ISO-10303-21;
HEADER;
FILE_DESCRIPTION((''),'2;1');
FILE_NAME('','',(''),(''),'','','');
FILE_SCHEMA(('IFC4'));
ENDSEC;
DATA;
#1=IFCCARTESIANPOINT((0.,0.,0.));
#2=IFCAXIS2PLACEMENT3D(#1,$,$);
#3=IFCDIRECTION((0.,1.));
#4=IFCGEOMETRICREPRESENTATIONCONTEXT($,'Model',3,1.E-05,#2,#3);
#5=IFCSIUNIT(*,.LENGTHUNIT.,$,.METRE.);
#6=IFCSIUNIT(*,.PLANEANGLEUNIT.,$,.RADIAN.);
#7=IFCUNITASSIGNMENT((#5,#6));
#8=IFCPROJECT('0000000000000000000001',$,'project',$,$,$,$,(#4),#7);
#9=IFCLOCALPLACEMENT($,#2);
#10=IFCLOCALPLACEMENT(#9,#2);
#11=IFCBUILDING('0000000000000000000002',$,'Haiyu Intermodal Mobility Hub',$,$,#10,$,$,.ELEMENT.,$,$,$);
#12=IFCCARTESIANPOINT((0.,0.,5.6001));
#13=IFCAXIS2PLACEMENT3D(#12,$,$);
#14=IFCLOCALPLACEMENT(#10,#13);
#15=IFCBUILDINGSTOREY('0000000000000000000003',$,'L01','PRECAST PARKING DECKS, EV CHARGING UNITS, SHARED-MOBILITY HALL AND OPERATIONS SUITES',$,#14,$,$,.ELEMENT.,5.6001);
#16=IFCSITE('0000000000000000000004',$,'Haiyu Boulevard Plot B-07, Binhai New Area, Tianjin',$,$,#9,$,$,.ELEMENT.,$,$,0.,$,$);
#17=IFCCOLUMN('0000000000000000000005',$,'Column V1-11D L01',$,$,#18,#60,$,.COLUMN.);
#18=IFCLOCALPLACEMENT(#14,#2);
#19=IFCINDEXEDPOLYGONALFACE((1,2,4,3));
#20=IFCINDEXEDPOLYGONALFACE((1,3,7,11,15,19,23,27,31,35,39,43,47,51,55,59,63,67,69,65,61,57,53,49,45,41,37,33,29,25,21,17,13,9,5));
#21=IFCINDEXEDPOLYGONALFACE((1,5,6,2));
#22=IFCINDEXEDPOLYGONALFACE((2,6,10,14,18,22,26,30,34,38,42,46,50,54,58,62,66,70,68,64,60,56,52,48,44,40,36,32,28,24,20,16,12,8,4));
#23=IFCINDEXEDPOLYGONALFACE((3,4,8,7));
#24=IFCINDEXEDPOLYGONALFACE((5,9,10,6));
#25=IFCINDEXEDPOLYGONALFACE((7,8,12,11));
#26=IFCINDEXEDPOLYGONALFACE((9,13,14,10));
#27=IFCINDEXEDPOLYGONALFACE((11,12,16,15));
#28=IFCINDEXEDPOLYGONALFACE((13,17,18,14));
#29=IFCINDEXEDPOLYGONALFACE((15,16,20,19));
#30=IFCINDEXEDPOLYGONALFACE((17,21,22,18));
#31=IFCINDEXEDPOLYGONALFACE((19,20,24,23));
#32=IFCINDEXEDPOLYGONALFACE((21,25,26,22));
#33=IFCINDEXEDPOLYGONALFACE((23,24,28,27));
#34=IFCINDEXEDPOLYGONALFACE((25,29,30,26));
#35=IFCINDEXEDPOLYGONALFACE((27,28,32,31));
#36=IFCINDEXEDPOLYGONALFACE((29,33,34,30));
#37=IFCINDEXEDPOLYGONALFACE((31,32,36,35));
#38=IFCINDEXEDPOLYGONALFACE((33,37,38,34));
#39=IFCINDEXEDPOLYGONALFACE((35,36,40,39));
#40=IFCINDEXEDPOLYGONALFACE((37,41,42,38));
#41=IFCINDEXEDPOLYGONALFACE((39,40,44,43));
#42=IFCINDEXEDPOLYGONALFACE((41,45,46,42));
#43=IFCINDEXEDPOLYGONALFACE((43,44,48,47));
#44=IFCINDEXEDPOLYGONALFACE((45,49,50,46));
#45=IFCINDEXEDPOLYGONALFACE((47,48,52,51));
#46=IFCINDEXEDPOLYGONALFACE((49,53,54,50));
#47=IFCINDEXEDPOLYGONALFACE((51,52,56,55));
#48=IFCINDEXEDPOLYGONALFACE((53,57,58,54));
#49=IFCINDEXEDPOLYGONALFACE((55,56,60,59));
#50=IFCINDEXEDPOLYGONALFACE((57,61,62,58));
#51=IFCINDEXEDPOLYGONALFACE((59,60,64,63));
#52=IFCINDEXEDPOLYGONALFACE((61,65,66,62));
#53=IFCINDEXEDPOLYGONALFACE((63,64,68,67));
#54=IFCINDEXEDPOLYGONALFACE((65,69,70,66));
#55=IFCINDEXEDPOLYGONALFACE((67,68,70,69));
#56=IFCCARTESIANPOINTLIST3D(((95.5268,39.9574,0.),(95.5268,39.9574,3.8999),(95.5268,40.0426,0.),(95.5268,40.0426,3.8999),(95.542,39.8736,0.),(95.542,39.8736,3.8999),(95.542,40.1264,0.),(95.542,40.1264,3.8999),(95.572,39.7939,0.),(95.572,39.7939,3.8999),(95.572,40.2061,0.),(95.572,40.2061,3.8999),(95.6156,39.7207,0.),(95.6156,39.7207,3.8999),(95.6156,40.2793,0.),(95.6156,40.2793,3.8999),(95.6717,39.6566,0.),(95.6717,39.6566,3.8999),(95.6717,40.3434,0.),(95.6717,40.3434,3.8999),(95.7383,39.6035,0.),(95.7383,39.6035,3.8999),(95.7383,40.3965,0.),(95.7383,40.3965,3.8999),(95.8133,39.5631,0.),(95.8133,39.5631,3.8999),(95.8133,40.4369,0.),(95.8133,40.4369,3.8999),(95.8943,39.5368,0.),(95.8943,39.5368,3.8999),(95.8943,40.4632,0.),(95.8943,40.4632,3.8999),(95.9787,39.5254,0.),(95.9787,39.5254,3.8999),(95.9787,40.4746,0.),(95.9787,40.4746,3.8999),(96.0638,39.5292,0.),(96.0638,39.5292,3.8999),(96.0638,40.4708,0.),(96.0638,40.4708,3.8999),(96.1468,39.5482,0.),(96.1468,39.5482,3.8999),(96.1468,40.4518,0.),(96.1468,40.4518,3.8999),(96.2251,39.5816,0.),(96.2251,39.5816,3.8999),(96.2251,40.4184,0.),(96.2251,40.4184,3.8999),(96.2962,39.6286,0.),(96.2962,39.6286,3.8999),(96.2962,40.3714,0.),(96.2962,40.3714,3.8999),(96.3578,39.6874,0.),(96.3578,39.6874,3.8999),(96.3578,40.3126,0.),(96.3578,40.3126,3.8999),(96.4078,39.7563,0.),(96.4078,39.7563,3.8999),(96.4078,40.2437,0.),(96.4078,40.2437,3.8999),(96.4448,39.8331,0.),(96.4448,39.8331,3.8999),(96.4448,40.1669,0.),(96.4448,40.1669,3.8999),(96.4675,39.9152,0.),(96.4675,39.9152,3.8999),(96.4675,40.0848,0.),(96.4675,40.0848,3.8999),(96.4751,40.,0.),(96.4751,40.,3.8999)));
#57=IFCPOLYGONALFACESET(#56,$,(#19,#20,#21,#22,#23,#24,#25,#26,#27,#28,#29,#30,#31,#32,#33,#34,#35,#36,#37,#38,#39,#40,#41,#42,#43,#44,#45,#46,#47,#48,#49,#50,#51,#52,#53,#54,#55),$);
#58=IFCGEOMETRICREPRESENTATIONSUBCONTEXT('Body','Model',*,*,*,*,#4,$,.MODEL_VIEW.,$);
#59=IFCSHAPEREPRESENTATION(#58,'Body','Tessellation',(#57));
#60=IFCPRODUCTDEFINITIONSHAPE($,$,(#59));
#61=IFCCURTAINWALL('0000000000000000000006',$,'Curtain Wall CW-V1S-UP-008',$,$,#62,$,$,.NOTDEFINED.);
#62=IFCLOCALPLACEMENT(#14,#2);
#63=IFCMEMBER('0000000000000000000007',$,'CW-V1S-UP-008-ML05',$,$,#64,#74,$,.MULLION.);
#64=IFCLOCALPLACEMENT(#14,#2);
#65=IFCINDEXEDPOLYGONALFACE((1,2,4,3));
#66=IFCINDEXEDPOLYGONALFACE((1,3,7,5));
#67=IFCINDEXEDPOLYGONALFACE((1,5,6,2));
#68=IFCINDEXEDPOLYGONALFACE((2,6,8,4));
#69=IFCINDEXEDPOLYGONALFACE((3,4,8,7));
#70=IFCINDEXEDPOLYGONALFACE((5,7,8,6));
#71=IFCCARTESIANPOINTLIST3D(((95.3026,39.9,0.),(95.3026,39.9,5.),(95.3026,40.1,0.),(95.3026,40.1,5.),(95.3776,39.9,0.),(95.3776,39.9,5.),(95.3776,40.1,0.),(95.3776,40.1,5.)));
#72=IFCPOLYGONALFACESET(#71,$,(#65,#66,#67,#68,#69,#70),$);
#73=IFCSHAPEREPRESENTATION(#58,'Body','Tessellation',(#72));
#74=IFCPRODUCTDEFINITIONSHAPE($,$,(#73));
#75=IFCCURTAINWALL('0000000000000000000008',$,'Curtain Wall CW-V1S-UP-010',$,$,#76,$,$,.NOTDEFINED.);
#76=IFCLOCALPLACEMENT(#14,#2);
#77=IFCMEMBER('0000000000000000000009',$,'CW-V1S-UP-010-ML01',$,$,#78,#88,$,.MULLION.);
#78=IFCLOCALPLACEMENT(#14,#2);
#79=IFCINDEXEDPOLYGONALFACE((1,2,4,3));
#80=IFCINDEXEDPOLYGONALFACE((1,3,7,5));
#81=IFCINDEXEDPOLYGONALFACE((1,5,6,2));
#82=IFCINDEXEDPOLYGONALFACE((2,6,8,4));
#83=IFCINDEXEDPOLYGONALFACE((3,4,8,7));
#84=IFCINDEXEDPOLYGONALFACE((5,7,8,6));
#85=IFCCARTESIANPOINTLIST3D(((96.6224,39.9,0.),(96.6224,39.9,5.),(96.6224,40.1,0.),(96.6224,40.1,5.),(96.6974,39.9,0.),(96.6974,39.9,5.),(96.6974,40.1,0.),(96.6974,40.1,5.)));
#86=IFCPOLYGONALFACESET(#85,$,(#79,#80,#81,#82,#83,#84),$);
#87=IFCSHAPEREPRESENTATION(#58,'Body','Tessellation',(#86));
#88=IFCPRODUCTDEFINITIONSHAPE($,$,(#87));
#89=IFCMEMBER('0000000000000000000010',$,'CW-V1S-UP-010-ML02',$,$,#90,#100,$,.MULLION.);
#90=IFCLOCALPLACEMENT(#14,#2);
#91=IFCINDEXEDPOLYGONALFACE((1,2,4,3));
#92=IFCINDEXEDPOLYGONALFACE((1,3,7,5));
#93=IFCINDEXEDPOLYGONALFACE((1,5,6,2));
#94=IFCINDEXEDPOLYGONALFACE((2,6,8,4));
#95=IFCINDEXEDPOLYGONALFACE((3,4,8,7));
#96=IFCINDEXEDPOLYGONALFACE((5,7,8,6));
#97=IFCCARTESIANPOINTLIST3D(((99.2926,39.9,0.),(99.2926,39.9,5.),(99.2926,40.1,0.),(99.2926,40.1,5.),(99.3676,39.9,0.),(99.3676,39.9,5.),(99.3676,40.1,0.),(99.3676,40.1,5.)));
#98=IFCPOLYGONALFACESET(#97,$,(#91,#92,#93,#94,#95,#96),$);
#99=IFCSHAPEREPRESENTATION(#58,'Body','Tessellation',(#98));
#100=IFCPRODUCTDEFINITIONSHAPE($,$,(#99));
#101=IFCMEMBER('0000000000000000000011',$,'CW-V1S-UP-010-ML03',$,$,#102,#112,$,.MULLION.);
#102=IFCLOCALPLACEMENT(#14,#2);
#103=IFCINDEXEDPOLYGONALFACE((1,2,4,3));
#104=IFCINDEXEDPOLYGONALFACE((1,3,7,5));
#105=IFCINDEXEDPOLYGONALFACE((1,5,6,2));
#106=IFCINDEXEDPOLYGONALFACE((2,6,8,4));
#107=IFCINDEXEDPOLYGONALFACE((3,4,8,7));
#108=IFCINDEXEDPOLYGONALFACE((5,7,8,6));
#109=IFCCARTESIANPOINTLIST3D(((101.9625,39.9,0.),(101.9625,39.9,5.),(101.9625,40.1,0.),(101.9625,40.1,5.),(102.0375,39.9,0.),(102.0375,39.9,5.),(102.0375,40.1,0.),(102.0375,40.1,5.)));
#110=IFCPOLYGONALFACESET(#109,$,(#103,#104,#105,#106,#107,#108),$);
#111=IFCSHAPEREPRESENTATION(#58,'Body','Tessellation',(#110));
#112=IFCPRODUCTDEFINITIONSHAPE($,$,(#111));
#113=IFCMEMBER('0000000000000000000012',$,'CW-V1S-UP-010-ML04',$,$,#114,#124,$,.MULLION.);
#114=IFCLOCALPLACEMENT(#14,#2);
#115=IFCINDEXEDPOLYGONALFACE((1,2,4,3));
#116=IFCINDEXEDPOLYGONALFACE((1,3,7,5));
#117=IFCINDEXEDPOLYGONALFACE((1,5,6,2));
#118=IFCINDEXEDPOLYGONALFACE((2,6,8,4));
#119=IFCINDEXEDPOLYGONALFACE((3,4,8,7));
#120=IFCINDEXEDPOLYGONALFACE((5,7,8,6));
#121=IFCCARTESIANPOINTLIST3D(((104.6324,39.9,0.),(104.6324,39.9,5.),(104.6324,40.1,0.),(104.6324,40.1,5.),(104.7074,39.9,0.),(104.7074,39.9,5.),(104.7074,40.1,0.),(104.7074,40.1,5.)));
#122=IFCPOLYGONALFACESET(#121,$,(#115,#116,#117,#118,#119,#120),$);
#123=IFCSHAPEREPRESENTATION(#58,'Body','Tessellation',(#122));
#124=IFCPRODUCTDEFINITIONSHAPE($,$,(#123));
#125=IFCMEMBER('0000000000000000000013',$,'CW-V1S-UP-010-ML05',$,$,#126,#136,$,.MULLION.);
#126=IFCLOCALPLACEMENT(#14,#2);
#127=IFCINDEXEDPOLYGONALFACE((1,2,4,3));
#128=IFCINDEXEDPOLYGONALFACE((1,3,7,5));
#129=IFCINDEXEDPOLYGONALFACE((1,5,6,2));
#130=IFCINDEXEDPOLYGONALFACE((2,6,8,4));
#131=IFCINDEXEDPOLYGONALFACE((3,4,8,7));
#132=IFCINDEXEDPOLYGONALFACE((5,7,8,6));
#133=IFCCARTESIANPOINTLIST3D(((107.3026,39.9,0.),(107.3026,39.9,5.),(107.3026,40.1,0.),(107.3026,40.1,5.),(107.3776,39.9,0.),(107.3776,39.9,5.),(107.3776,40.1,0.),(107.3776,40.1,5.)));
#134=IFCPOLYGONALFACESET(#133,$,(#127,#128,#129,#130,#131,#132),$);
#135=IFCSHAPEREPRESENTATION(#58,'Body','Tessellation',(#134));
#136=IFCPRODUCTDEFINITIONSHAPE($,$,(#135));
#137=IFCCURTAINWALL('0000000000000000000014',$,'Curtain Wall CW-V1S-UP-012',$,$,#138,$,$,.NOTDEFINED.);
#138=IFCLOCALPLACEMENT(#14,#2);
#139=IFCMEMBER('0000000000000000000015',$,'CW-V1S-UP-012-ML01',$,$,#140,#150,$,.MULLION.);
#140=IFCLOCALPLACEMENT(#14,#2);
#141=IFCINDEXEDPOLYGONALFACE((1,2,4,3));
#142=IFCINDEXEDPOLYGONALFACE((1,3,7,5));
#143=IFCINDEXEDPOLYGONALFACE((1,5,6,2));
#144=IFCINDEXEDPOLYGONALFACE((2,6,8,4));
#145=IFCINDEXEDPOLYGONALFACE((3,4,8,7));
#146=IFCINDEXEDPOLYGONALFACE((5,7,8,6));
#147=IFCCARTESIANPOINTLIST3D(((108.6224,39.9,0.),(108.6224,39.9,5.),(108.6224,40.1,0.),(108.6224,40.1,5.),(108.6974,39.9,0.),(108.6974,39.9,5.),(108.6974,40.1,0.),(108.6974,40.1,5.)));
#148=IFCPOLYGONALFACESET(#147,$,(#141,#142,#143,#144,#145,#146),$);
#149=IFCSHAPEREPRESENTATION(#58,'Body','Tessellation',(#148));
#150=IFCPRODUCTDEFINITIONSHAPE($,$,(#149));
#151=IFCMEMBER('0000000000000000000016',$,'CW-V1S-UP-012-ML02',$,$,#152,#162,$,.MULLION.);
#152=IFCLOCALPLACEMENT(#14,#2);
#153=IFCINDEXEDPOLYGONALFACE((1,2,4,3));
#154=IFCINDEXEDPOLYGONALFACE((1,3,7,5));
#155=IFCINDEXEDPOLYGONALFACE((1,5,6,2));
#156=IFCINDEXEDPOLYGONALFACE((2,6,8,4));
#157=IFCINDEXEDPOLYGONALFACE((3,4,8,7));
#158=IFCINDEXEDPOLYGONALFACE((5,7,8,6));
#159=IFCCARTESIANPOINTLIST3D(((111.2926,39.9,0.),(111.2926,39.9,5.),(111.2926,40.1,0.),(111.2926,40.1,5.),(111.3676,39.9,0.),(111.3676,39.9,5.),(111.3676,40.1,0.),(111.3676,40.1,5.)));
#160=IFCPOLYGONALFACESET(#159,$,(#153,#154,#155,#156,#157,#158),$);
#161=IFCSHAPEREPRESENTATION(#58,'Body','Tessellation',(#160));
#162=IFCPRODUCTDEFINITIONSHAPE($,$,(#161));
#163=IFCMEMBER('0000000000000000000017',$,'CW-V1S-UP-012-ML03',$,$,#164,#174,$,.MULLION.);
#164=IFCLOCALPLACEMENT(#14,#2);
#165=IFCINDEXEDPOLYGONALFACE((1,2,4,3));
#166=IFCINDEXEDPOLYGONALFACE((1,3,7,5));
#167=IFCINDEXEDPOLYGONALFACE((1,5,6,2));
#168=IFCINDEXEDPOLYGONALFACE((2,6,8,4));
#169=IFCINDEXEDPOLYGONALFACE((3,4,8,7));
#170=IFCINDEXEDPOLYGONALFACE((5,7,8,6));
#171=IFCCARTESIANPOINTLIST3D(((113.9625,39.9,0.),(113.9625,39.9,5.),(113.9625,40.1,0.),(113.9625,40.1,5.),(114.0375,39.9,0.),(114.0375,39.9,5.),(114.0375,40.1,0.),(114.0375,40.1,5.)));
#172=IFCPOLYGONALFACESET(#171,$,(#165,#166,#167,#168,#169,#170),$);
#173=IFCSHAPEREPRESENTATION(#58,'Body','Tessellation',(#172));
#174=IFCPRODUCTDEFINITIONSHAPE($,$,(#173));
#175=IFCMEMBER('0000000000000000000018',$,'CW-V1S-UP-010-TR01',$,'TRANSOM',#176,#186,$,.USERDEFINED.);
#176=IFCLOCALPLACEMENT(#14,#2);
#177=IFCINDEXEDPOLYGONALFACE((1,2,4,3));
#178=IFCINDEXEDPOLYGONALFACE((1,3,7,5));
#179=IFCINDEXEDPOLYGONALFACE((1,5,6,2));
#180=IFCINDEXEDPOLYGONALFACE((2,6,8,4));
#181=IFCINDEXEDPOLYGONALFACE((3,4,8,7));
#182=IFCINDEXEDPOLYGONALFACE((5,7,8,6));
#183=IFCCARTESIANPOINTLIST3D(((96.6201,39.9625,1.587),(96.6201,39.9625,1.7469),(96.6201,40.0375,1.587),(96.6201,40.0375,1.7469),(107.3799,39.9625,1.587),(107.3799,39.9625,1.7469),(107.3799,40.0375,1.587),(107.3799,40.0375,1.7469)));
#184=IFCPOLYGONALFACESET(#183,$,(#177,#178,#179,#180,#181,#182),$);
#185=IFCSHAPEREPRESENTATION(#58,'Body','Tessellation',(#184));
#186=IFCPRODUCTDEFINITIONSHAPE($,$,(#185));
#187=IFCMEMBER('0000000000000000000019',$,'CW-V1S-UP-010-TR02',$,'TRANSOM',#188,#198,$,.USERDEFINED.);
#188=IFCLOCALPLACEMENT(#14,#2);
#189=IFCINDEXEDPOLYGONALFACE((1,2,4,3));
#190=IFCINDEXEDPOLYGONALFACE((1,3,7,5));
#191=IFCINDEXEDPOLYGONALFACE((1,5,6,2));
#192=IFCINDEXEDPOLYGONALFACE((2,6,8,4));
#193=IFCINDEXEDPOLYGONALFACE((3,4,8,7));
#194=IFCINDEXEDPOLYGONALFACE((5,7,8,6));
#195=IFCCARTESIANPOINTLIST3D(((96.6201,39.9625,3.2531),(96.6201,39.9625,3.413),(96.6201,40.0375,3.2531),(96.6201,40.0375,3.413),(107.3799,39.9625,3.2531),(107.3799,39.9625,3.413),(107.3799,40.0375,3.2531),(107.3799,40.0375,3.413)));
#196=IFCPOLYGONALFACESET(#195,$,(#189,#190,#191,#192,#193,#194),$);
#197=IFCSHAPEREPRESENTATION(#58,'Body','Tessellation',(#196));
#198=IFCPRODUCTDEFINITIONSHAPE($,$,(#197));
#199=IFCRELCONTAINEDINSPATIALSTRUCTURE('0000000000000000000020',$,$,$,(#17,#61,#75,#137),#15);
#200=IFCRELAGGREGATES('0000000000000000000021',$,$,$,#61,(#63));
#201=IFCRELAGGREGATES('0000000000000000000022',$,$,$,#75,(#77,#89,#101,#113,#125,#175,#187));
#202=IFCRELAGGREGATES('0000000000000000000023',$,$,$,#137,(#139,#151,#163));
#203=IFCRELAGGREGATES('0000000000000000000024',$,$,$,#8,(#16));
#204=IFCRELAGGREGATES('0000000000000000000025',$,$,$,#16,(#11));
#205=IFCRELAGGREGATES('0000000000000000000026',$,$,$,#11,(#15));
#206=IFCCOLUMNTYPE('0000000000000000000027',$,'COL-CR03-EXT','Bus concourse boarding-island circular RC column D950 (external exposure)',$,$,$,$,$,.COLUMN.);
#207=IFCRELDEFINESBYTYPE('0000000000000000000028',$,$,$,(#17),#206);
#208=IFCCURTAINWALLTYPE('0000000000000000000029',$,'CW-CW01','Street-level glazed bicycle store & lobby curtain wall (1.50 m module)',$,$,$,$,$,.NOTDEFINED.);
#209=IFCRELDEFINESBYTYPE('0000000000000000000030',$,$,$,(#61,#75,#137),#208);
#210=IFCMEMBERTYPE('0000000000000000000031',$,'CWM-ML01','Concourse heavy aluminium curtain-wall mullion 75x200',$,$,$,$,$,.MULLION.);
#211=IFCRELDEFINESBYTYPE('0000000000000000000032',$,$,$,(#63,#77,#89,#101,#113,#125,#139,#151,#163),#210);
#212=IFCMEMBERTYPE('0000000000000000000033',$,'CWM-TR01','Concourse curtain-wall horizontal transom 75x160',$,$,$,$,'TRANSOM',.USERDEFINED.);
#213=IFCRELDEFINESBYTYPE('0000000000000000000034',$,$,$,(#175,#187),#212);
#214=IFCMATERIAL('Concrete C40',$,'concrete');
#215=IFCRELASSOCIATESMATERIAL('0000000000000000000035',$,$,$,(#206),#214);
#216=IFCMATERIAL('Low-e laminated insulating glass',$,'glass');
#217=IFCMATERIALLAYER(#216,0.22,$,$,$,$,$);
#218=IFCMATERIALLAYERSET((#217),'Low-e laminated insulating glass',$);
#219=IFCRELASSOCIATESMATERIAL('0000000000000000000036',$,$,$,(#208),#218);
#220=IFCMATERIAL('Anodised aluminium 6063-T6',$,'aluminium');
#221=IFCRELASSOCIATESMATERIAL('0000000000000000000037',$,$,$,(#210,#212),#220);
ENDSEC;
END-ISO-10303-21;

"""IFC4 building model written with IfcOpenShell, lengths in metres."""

from ifc_helpers import new_model, si_unit, direction, frame, origin, origin_2d, place, context, subcontext, project, spatial, rectangle, circle, extrude, material, layer, layer_set, material_profile, profile_set, type_object, element, aggregate, save


model = new_model("IFC4")

# Units and contexts
model_context = context("Model", 3, precision=1e-05, world=origin(), true_north=direction((0.0, 1.0)))
body_context = subcontext(model_context, "Body", "Model", "MODEL_VIEW")
ifc_project = project(units=[si_unit("LENGTHUNIT", "METRE"), si_unit("PLANEANGLEUNIT", "RADIAN")], contexts=[model_context])

# Site, building, storey
site_placement = place(None, origin())
site = spatial("IfcSite", under=ifc_project, at=site_placement, Name="Haiyu Boulevard Plot B-07, Binhai New Area, Tianjin", CompositionType="ELEMENT", RefElevation=0.0)
building_placement = place(site_placement, origin())
building = spatial("IfcBuilding", under=site, at=building_placement, Name="Haiyu Intermodal Mobility Hub", CompositionType="ELEMENT")
storey_placement = place(building_placement, frame((0.0, 0.0, 5.6001)))
storey = spatial("IfcBuildingStorey", under=building, at=storey_placement, Name="L01", Description="PRECAST PARKING DECKS, EV CHARGING UNITS, SHARED-MOBILITY HALL AND OPERATIONS SUITES", CompositionType="ELEMENT", Elevation=5.6001)

# Column
ifc_material_1 = material(Name="Concrete C40", Category="concrete")
ifc_material_profile_1 = material_profile(ifc_material_1, circle(Radius=0.4751, at=origin_2d()), Name="RCCOL-D950")
ifc_profile_set_1 = profile_set([ifc_material_profile_1], Name="Concrete C40")
column_type = type_object("IfcColumnType", Name="COL-CR03-EXT", Description="Bus concourse boarding-island circular RC column D950 (external exposure)", PredefinedType="COLUMN", material=ifc_profile_set_1)
column_placement = place(storey_placement, frame((96.0, 40.0, 0.0), z_axis=(0.0, 0.0, 1.0), x_axis=(1.0, 0.0, 0.0)))
element("IfcColumn", 1, at=column_placement, inside=storey, type_object=column_type, Name="Column V1-11D L01", PredefinedType="COLUMN", context=body_context, shape_type="SweptSolid", body=[
    extrude(circle(Radius=0.4751, at=origin_2d()), origin(), (0.0, 0.0, 1.0), 3.8999),
])

# Curtain wall, member
ifc_material_2 = material(Name="Low-e laminated insulating glass", Category="glass")
ifc_layer_1 = layer(ifc_material_2, 0.22)
ifc_layer_set_1 = layer_set([ifc_layer_1], Name="Low-e laminated insulating glass")
curtain_wall_type = type_object("IfcCurtainWallType", Name="CW-CW01", Description="Street-level glazed bicycle store & lobby curtain wall (1.50 m module)", PredefinedType="NOTDEFINED", material=ifc_layer_set_1)
curtain_wall_1_placement = place(storey_placement, origin())
curtain_wall_1 = element("IfcCurtainWall", 2, at=curtain_wall_1_placement, inside=storey, type_object=curtain_wall_type, Name="Curtain Wall CW-V1S-UP-008", PredefinedType="NOTDEFINED")
ifc_material_3 = material(Name="Anodised aluminium 6063-T6", Category="aluminium")
ifc_material_profile_2 = material_profile(ifc_material_3, rectangle(XDim=0.075, YDim=0.2, at=origin_2d()), Name="ALU75x200")
ifc_profile_set_2 = profile_set([ifc_material_profile_2], Name="Anodised aluminium 6063-T6")
member_type_1 = type_object("IfcMemberType", Name="CWM-ML01", Description="Concourse heavy aluminium curtain-wall mullion 75x200", PredefinedType="MULLION", material=ifc_profile_set_2)
member_1_placement = place(storey_placement, frame((95.3401, 40.0, 0.0), z_axis=(0.0, 0.0, 1.0), x_axis=(1.0, 0.0, 0.0)))
member_1 = element("IfcMember", 3, at=member_1_placement, type_object=member_type_1, Name="CW-V1S-UP-008-ML05", PredefinedType="MULLION", context=body_context, shape_type="SweptSolid", body=[
    extrude(rectangle(XDim=0.075, YDim=0.2, at=origin_2d()), origin(), (0.0, 0.0, 1.0), 5.0),
])

# Curtain walls, members
curtain_wall_2_placement = place(storey_placement, origin())
curtain_wall_2 = element("IfcCurtainWall", 4, at=curtain_wall_2_placement, inside=storey, type_object=curtain_wall_type, Name="Curtain Wall CW-V1S-UP-010", PredefinedType="NOTDEFINED")
member_2_placement = place(storey_placement, frame((96.6599, 40.0, 0.0), z_axis=(0.0, 0.0, 1.0), x_axis=(1.0, 0.0, 0.0)))
member_2 = element("IfcMember", 5, at=member_2_placement, type_object=member_type_1, Name="CW-V1S-UP-010-ML01", PredefinedType="MULLION", context=body_context, shape_type="SweptSolid", body=[
    extrude(rectangle(XDim=0.075, YDim=0.2, at=origin_2d()), origin(), (0.0, 0.0, 1.0), 5.0),
])
member_3_placement = place(storey_placement, frame((99.3301, 40.0, 0.0), z_axis=(0.0, 0.0, 1.0), x_axis=(1.0, 0.0, 0.0)))
member_3 = element("IfcMember", 6, at=member_3_placement, type_object=member_type_1, Name="CW-V1S-UP-010-ML02", PredefinedType="MULLION", context=body_context, shape_type="SweptSolid", body=[
    extrude(rectangle(XDim=0.075, YDim=0.2, at=origin_2d()), origin(), (0.0, 0.0, 1.0), 5.0),
])
member_4_placement = place(storey_placement, frame((102.0, 40.0, 0.0), z_axis=(0.0, 0.0, 1.0), x_axis=(1.0, 0.0, 0.0)))
member_4 = element("IfcMember", 7, at=member_4_placement, type_object=member_type_1, Name="CW-V1S-UP-010-ML03", PredefinedType="MULLION", context=body_context, shape_type="SweptSolid", body=[
    extrude(rectangle(XDim=0.075, YDim=0.2, at=origin_2d()), origin(), (0.0, 0.0, 1.0), 5.0),
])
member_5_placement = place(storey_placement, frame((104.6699, 40.0, 0.0), z_axis=(0.0, 0.0, 1.0), x_axis=(1.0, 0.0, 0.0)))
member_5 = element("IfcMember", 8, at=member_5_placement, type_object=member_type_1, Name="CW-V1S-UP-010-ML04", PredefinedType="MULLION", context=body_context, shape_type="SweptSolid", body=[
    extrude(rectangle(XDim=0.075, YDim=0.2, at=origin_2d()), origin(), (0.0, 0.0, 1.0), 5.0),
])
member_6_placement = place(storey_placement, frame((107.3401, 40.0, 0.0), z_axis=(0.0, 0.0, 1.0), x_axis=(1.0, 0.0, 0.0)))
member_6 = element("IfcMember", 9, at=member_6_placement, type_object=member_type_1, Name="CW-V1S-UP-010-ML05", PredefinedType="MULLION", context=body_context, shape_type="SweptSolid", body=[
    extrude(rectangle(XDim=0.075, YDim=0.2, at=origin_2d()), origin(), (0.0, 0.0, 1.0), 5.0),
])
curtain_wall_3_placement = place(storey_placement, origin())
curtain_wall_3 = element("IfcCurtainWall", 10, at=curtain_wall_3_placement, inside=storey, type_object=curtain_wall_type, Name="Curtain Wall CW-V1S-UP-012", PredefinedType="NOTDEFINED")
member_7_placement = place(storey_placement, frame((108.6599, 40.0, 0.0), z_axis=(0.0, 0.0, 1.0), x_axis=(1.0, 0.0, 0.0)))
member_7 = element("IfcMember", 11, at=member_7_placement, type_object=member_type_1, Name="CW-V1S-UP-012-ML01", PredefinedType="MULLION", context=body_context, shape_type="SweptSolid", body=[
    extrude(rectangle(XDim=0.075, YDim=0.2, at=origin_2d()), origin(), (0.0, 0.0, 1.0), 5.0),
])
member_8_placement = place(storey_placement, frame((111.3301, 40.0, 0.0), z_axis=(0.0, 0.0, 1.0), x_axis=(1.0, 0.0, 0.0)))
member_8 = element("IfcMember", 12, at=member_8_placement, type_object=member_type_1, Name="CW-V1S-UP-012-ML02", PredefinedType="MULLION", context=body_context, shape_type="SweptSolid", body=[
    extrude(rectangle(XDim=0.075, YDim=0.2, at=origin_2d()), origin(), (0.0, 0.0, 1.0), 5.0),
])
member_9_placement = place(storey_placement, frame((114.0, 40.0, 0.0), z_axis=(0.0, 0.0, 1.0), x_axis=(1.0, 0.0, 0.0)))
member_9 = element("IfcMember", 13, at=member_9_placement, type_object=member_type_1, Name="CW-V1S-UP-012-ML03", PredefinedType="MULLION", context=body_context, shape_type="SweptSolid", body=[
    extrude(rectangle(XDim=0.075, YDim=0.2, at=origin_2d()), origin(), (0.0, 0.0, 1.0), 5.0),
])

# Members
ifc_material_profile_3 = material_profile(ifc_material_3, rectangle(XDim=0.075, YDim=0.1599, at=origin_2d()), Name="ALU75x160")
ifc_profile_set_3 = profile_set([ifc_material_profile_3], Name="Anodised aluminium 6063-T6")
member_type_2 = type_object("IfcMemberType", Name="CWM-TR01", Description="Concourse curtain-wall horizontal transom 75x160", ElementType="TRANSOM", PredefinedType="USERDEFINED", material=ifc_profile_set_3)
member_10_placement = place(storey_placement, frame((96.6201, 40.0, 1.667), z_axis=(1.0, 0.0, 0.0), x_axis=(0.0, 1.0, 0.0)))
member_10 = element("IfcMember", 14, at=member_10_placement, type_object=member_type_2, Name="CW-V1S-UP-010-TR01", ObjectType="TRANSOM", PredefinedType="USERDEFINED", context=body_context, shape_type="SweptSolid", body=[
    extrude(rectangle(XDim=0.075, YDim=0.1599, at=origin_2d()), origin(), (0.0, 0.0, 1.0), 10.7598),
])
member_11_placement = place(storey_placement, frame((96.6201, 40.0, 3.333), z_axis=(1.0, 0.0, 0.0), x_axis=(0.0, 1.0, 0.0)))
member_11 = element("IfcMember", 15, at=member_11_placement, type_object=member_type_2, Name="CW-V1S-UP-010-TR02", ObjectType="TRANSOM", PredefinedType="USERDEFINED", context=body_context, shape_type="SweptSolid", body=[
    extrude(rectangle(XDim=0.075, YDim=0.1599, at=origin_2d()), origin(), (0.0, 0.0, 1.0), 10.7598),
])

aggregate(curtain_wall_1, [member_1])
aggregate(curtain_wall_2, [member_2, member_3, member_4, member_5, member_6, member_10, member_11])
aggregate(curtain_wall_3, [member_7, member_8, member_9])

save(model, "model.ifc")
